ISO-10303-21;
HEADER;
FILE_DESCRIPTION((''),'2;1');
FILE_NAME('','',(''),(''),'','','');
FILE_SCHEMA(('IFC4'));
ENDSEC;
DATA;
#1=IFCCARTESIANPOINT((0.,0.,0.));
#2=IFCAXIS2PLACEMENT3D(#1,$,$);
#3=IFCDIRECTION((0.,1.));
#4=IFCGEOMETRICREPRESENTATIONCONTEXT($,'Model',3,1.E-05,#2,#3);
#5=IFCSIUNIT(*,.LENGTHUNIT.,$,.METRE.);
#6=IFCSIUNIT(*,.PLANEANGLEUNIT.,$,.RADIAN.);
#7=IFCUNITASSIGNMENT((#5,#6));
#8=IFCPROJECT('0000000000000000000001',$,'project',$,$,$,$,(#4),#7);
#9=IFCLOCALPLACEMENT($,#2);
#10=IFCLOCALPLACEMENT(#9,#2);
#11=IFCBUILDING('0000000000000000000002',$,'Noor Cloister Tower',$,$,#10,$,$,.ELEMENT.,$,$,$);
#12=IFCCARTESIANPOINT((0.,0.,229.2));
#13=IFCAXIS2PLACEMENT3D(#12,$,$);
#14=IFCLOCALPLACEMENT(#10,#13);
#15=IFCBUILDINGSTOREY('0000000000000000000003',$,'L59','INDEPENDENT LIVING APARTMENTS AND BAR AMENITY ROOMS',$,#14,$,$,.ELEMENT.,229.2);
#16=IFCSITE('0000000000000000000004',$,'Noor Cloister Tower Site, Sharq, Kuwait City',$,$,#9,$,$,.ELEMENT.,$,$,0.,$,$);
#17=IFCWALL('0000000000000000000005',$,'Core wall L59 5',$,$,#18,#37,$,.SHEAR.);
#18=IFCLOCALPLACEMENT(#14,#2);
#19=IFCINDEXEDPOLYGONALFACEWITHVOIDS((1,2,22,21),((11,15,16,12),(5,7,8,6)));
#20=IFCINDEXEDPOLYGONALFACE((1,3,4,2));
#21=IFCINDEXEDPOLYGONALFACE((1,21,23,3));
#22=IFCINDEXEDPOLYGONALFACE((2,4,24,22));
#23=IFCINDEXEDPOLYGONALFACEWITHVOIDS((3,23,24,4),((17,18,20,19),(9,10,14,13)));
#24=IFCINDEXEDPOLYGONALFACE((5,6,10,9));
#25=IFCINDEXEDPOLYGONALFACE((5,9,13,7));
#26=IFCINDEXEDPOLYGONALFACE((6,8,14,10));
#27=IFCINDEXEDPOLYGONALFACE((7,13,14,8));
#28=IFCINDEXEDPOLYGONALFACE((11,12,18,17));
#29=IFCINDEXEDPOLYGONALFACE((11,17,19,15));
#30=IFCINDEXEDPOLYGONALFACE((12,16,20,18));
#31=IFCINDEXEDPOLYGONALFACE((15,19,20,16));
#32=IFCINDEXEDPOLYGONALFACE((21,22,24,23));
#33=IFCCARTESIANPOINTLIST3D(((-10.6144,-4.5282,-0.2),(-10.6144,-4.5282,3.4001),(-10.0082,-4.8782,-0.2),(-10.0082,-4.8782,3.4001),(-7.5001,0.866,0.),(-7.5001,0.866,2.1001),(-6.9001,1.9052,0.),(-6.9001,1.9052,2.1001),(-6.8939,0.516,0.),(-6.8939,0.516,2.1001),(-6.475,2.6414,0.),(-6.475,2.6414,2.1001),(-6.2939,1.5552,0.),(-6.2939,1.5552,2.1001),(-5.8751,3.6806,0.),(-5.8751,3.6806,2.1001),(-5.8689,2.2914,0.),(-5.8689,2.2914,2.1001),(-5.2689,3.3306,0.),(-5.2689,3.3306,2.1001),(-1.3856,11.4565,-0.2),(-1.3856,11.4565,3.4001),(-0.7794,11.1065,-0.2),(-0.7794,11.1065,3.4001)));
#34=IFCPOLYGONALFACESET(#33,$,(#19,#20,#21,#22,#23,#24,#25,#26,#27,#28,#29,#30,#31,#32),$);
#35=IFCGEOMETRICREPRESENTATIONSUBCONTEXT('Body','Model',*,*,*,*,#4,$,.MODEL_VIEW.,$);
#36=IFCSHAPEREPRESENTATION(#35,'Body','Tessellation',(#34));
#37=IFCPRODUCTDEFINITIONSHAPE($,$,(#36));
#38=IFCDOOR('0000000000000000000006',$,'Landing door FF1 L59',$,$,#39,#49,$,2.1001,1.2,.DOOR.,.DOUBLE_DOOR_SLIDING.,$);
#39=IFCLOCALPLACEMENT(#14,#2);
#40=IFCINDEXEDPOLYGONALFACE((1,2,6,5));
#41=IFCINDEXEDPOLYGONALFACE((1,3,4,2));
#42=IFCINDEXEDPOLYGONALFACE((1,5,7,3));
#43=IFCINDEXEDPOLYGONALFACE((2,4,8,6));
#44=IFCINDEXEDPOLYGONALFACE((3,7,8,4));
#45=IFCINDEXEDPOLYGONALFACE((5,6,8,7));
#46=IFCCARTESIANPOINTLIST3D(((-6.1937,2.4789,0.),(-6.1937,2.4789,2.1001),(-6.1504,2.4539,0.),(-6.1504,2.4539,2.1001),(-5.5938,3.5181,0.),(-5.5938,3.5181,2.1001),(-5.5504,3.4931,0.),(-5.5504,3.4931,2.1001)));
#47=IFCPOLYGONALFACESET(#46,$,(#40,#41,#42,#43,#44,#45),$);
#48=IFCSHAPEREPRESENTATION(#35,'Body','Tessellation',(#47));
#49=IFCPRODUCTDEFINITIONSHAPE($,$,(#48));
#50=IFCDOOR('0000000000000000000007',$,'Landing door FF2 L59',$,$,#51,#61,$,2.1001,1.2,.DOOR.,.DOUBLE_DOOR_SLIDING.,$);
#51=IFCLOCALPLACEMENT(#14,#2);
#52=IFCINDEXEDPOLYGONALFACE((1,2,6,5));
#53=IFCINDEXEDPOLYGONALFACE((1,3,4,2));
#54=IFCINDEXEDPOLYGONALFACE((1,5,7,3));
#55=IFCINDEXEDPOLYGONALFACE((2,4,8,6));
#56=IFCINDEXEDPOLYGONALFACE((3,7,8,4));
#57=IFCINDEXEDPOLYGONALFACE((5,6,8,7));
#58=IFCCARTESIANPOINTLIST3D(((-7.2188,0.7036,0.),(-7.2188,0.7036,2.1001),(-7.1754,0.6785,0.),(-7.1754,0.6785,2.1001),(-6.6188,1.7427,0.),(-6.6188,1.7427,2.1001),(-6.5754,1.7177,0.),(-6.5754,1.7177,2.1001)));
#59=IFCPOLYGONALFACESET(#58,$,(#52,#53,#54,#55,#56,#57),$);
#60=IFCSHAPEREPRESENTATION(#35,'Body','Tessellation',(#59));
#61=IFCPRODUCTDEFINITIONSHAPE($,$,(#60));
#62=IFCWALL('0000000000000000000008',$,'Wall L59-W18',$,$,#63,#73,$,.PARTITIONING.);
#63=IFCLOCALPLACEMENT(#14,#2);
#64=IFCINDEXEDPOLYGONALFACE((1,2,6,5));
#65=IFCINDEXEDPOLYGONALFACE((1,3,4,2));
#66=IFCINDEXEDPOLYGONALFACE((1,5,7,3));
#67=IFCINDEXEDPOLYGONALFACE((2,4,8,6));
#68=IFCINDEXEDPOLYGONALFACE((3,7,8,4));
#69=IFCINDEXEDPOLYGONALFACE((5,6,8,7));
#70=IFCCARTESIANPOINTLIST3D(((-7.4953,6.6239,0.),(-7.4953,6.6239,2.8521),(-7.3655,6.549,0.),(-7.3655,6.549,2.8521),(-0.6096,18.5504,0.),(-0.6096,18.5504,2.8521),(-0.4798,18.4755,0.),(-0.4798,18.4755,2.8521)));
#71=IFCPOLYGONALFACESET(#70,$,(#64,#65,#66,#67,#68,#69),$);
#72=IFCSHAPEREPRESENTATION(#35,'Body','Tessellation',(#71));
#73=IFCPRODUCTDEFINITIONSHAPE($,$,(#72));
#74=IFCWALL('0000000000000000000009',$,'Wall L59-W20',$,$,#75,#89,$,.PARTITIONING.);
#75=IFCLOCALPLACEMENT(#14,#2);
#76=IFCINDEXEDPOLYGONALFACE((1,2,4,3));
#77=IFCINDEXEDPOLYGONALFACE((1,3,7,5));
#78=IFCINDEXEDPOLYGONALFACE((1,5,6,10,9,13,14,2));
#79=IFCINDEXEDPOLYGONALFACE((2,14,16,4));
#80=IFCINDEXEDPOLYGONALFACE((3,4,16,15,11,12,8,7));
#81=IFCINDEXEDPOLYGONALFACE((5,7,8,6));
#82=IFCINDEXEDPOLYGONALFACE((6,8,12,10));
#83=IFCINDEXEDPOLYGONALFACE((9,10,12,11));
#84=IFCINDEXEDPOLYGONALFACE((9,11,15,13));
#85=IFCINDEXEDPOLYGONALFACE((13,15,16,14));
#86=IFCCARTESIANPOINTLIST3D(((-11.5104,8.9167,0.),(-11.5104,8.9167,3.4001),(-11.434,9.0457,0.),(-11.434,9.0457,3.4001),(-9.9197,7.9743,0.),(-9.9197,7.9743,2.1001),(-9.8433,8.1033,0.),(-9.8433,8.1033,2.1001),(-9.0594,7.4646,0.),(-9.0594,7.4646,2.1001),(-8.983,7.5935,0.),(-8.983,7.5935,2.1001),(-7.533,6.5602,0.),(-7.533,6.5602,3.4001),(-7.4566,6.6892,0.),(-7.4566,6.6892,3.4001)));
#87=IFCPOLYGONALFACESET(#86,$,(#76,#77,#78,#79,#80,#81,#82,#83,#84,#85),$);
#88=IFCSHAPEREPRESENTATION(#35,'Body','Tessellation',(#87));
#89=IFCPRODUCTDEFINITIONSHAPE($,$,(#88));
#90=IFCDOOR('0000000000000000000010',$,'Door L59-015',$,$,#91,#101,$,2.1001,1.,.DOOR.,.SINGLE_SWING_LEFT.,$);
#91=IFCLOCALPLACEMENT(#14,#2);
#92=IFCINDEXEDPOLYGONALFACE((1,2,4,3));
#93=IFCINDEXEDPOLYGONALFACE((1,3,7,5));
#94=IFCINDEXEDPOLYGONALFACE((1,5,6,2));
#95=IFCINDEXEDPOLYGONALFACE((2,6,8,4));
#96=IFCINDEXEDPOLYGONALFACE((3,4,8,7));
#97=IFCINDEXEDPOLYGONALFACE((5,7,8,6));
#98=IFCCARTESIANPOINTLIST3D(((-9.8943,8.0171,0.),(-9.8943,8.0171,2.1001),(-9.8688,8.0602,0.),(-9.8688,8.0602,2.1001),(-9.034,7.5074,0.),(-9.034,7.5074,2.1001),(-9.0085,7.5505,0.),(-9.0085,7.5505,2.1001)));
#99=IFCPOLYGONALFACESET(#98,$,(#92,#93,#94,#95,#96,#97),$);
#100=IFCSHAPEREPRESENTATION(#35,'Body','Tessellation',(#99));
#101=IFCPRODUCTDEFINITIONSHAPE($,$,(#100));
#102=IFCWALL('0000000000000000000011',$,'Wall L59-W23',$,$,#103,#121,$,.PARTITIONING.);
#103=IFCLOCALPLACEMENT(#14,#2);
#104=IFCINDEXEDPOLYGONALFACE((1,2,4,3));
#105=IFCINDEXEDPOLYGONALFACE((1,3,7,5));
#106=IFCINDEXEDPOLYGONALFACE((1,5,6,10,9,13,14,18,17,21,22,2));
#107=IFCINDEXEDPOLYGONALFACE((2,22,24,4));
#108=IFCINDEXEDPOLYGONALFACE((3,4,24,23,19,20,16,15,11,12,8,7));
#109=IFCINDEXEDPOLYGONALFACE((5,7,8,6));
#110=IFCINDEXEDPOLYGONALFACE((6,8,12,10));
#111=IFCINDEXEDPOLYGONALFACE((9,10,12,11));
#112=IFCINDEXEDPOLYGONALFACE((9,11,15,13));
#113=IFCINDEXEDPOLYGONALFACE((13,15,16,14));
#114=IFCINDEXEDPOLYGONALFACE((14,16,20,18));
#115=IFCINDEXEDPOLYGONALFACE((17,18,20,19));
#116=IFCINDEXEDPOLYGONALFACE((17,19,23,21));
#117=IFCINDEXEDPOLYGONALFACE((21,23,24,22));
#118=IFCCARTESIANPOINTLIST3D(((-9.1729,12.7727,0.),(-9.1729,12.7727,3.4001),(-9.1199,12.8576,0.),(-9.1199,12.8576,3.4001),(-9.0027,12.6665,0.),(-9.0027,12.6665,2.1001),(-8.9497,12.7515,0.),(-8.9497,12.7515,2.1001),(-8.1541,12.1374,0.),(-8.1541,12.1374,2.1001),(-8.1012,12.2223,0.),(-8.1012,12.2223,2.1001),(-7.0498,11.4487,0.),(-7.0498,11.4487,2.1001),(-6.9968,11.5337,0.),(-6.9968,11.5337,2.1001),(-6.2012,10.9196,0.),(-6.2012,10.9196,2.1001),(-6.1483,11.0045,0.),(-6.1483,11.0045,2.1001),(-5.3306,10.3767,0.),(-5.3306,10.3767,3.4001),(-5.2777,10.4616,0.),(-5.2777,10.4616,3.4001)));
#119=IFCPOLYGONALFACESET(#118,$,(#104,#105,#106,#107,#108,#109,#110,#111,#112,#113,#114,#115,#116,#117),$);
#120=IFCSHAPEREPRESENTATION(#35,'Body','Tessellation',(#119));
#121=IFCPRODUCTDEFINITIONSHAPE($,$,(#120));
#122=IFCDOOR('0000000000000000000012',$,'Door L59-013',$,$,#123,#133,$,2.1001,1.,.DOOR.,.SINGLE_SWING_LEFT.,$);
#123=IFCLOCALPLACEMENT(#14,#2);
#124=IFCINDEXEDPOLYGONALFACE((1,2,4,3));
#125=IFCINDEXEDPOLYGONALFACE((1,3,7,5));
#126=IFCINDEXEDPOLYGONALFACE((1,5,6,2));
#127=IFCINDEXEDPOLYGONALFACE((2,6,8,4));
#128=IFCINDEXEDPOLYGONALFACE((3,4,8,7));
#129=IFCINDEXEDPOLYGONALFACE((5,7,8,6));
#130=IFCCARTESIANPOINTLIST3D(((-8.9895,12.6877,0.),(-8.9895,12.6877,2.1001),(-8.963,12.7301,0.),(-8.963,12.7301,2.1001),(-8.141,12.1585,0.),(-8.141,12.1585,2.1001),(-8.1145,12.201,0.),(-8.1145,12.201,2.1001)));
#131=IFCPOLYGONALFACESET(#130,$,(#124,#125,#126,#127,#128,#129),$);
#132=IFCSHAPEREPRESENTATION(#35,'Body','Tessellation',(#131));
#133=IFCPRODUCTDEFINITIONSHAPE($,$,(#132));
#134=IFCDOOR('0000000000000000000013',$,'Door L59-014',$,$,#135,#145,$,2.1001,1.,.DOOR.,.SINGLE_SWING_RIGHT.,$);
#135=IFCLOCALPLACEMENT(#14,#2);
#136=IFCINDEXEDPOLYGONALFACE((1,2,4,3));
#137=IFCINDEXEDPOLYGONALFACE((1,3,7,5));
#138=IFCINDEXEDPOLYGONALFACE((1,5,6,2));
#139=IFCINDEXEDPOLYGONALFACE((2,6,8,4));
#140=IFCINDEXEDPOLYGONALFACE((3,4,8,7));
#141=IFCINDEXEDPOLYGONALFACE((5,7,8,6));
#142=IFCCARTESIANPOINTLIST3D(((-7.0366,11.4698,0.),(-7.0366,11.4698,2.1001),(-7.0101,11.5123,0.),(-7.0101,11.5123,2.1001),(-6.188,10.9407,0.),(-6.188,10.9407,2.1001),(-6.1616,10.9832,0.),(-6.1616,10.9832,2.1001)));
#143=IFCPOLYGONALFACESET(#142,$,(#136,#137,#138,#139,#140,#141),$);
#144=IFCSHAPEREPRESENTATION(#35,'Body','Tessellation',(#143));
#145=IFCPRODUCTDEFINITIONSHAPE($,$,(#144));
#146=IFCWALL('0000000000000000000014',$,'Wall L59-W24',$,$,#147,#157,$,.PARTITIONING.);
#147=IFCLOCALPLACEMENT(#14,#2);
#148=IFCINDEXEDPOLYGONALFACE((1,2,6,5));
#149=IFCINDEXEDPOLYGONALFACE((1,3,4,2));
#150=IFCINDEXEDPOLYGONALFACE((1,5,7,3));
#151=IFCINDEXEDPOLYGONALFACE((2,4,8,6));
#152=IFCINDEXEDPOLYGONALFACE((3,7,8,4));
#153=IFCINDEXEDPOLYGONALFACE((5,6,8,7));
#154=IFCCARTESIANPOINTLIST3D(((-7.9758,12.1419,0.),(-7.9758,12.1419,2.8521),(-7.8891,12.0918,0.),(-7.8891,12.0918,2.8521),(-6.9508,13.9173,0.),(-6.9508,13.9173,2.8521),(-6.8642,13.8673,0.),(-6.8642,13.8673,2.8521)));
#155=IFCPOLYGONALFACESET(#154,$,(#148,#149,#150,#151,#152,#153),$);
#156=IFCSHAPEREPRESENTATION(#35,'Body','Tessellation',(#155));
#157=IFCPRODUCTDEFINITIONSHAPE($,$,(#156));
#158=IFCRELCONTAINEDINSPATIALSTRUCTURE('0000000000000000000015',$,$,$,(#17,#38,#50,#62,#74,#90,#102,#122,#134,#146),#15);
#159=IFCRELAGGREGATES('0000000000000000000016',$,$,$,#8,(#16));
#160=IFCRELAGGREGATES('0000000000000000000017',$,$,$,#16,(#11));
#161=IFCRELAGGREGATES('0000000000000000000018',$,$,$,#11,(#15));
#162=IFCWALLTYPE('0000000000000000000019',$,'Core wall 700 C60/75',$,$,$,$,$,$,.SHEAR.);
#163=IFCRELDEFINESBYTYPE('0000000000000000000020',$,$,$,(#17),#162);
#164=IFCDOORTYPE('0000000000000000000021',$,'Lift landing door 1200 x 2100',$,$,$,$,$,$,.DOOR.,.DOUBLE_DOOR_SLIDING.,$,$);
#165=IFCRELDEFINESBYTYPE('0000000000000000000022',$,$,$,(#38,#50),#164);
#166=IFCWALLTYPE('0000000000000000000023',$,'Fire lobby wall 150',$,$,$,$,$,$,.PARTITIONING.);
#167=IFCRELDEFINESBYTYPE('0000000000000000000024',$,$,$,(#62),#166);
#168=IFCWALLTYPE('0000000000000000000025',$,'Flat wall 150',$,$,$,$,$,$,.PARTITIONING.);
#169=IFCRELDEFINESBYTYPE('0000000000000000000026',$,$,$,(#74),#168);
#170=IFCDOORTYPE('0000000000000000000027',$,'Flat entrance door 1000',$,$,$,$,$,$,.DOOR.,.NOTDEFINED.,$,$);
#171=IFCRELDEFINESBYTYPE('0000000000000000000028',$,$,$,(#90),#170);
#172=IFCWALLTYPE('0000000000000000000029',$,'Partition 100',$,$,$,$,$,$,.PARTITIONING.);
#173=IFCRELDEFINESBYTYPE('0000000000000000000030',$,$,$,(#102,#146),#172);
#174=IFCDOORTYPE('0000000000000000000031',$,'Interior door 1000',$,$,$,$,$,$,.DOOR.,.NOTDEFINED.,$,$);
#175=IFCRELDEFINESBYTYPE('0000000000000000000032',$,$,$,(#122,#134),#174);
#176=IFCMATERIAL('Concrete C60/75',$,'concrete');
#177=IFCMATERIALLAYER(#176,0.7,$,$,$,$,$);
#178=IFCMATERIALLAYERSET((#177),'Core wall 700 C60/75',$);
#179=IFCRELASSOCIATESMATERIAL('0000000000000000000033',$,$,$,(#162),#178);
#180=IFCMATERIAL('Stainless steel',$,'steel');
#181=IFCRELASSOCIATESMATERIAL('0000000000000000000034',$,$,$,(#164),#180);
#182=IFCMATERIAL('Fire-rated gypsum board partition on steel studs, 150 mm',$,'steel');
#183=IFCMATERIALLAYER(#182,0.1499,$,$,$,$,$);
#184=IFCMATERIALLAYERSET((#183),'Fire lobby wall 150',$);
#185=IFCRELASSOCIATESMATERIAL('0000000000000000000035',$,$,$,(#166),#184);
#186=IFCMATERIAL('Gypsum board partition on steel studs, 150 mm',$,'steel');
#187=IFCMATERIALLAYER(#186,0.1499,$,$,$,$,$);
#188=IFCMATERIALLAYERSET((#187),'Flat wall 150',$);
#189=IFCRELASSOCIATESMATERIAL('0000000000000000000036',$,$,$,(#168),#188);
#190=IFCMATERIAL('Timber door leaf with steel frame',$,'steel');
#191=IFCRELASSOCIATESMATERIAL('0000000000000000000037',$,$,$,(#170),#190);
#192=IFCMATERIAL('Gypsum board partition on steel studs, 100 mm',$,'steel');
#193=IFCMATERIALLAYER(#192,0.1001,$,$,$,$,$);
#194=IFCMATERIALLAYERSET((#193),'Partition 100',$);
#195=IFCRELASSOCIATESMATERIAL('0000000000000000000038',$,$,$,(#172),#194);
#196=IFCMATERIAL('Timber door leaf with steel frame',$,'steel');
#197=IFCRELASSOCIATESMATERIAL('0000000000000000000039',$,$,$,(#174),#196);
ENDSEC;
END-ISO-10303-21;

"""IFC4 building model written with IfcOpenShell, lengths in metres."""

from ifc_helpers import new_model, si_unit, direction, frame, frame_2d, origin, place, context, subcontext, project, spatial, rectangle, extrude, material, layer, layer_set, type_object, element, fill, save


model = new_model("IFC4")

# Units and contexts
model_context = context("Model", 3, precision=1e-05, world=origin(), true_north=direction((0.0, 1.0)))
body_context = subcontext(model_context, "Body", "Model", "MODEL_VIEW")
ifc_project = project(units=[si_unit("LENGTHUNIT", "METRE"), si_unit("PLANEANGLEUNIT", "RADIAN")], contexts=[model_context])

# Site, building, storey
site_placement = place(None, origin())
site = spatial("IfcSite", under=ifc_project, at=site_placement, Name="Noor Cloister Tower Site, Sharq, Kuwait City", CompositionType="ELEMENT", RefElevation=0.0)
building_placement = place(site_placement, origin())
building = spatial("IfcBuilding", under=site, at=building_placement, Name="Noor Cloister Tower", CompositionType="ELEMENT")
storey_placement = place(building_placement, frame((0.0, 0.0, 229.2)))
storey = spatial("IfcBuildingStorey", under=building, at=storey_placement, Name="L59", Description="INDEPENDENT LIVING APARTMENTS AND BAR AMENITY ROOMS", CompositionType="ELEMENT", Elevation=229.2)

# Wall, openings, doors
ifc_material_1 = material(Name="Concrete C60/75", Category="concrete")
ifc_layer_1 = layer(ifc_material_1, 0.7)
ifc_layer_set_1 = layer_set([ifc_layer_1], Name="Core wall 700 C60/75")
wall_type_1 = type_object("IfcWallType", Name="Core wall 700 C60/75", PredefinedType="SHEAR", material=ifc_layer_set_1)
wall_1_placement = place(storey_placement, frame((-1.0825, 11.2815, -0.2), z_axis=(0.0, 0.0, 1.0), x_axis=(-0.500001, -0.866025, 0.0)))
wall_1 = element("IfcWall", 1, at=wall_1_placement, inside=storey, type_object=wall_type_1, Name="Core wall L59 5", PredefinedType="SHEAR", context=body_context, shape_type="SweptSolid", body=[
    extrude(rectangle(XDim=18.4575, YDim=0.7, at=frame_2d((9.2288, 0.0))), origin(), (0.0, 0.0, 1.0), 3.6001),
])
opening_1_placement = place(wall_1_placement, frame((8.9788, 0.0, 0.2)))
opening_1 = element("IfcOpeningElement", 2, at=opening_1_placement, cuts=wall_1, PredefinedType="OPENING", context=body_context, shape_type="SweptSolid", body=[
    extrude(rectangle(XDim=1.2, YDim=2.1001, at=frame_2d((0.6001, 1.05))), frame((0.0, 0.3599, 0.0), z_axis=(0.0, -1.0, 0.0), x_axis=(1.0, 0.0, 0.0)), (0.0, 0.0, 1.0), 0.72),
])
opening_2_placement = place(wall_1_placement, frame((11.0288, 0.0, 0.2)))
opening_2 = element("IfcOpeningElement", 3, at=opening_2_placement, cuts=wall_1, PredefinedType="OPENING", context=body_context, shape_type="SweptSolid", body=[
    extrude(rectangle(XDim=1.2, YDim=2.1001, at=frame_2d((0.6001, 1.05))), frame((0.0, 0.3599, 0.0), z_axis=(0.0, -1.0, 0.0), x_axis=(1.0, 0.0, 0.0)), (0.0, 0.0, 1.0), 0.72),
])
ifc_material_2 = material(Name="Stainless steel", Category="steel")
door_type_1 = type_object("IfcDoorType", Name="Lift landing door 1200 x 2100", OperationType="DOUBLE_DOOR_SLIDING", PredefinedType="DOOR", material=ifc_material_2)
door_1_placement = place(opening_1_placement, origin())
door_1 = element("IfcDoor", 4, at=door_1_placement, inside=storey, type_object=door_type_1, Name="Landing door FF1 L59", OperationType="DOUBLE_DOOR_SLIDING", OverallHeight=2.1001, OverallWidth=1.2, PredefinedType="DOOR", context=body_context, shape_type="SweptSolid", body=[
    extrude(rectangle(XDim=1.2, YDim=2.1001, at=frame_2d((0.6001, 1.05))), frame((0.0, 0.0249, 0.0), z_axis=(0.0, -1.0, 0.0), x_axis=(1.0, 0.0, 0.0)), (0.0, 0.0, 1.0), 0.05),
])
fill(opening_1, door_1)
door_2_placement = place(opening_2_placement, origin())
door_2 = element("IfcDoor", 5, at=door_2_placement, inside=storey, type_object=door_type_1, Name="Landing door FF2 L59", OperationType="DOUBLE_DOOR_SLIDING", OverallHeight=2.1001, OverallWidth=1.2, PredefinedType="DOOR", context=body_context, shape_type="SweptSolid", body=[
    extrude(rectangle(XDim=1.2, YDim=2.1001, at=frame_2d((0.6001, 1.05))), frame((0.0, 0.0249, 0.0), z_axis=(0.0, -1.0, 0.0), x_axis=(1.0, 0.0, 0.0)), (0.0, 0.0, 1.0), 0.05),
])
fill(opening_2, door_2)

# Wall
ifc_material_3 = material(Name="Fire-rated gypsum board partition on steel studs, 150 mm", Category="steel")
ifc_layer_2 = layer(ifc_material_3, 0.1499)
ifc_layer_set_2 = layer_set([ifc_layer_2], Name="Fire lobby wall 150")
wall_type_2 = type_object("IfcWallType", Name="Fire lobby wall 150", PredefinedType="PARTITIONING", material=ifc_layer_set_2)
wall_2_placement = place(storey_placement, frame((-0.5447, 18.5129, 0.0), z_axis=(0.0, 0.0, 1.0), x_axis=(-0.499998, -0.866026, 0.0)))
element("IfcWall", 6, at=wall_2_placement, inside=storey, type_object=wall_type_2, Name="Wall L59-W18", PredefinedType="PARTITIONING", context=body_context, shape_type="SweptSolid", body=[
    extrude(rectangle(XDim=13.7715, YDim=0.1499, at=frame_2d((6.8857, 0.0))), origin(), (0.0, 0.0, 1.0), 2.8521),
])

# Wall, opening, door
ifc_material_4 = material(Name="Gypsum board partition on steel studs, 150 mm", Category="steel")
ifc_layer_3 = layer(ifc_material_4, 0.1499)
ifc_layer_set_3 = layer_set([ifc_layer_3], Name="Flat wall 150")
wall_type_3 = type_object("IfcWallType", Name="Flat wall 150", PredefinedType="PARTITIONING", material=ifc_layer_set_3)
wall_3_placement = place(storey_placement, frame((-11.4722, 8.9812, 0.0), z_axis=(0.0, 0.0, 1.0), x_axis=(0.860336, -0.509727, 0.0)))
wall_3 = element("IfcWall", 7, at=wall_3_placement, inside=storey, type_object=wall_type_3, Name="Wall L59-W20", PredefinedType="PARTITIONING", context=body_context, shape_type="SweptSolid", body=[
    extrude(rectangle(XDim=4.623, YDim=0.1499, at=frame_2d((2.3115, 0.0))), origin(), (0.0, 0.0, 1.0), 3.4001),
])
opening_3_placement = place(wall_3_placement, frame((1.8489, 0.0, 0.0)))
opening_3 = element("IfcOpeningElement", 8, at=opening_3_placement, cuts=wall_3, PredefinedType="OPENING", context=body_context, shape_type="SweptSolid", body=[
    extrude(rectangle(XDim=1.0, YDim=2.1001, at=frame_2d((0.5, 1.05))), frame((0.0, 0.085, 0.0), z_axis=(0.0, -1.0, 0.0), x_axis=(1.0, 0.0, 0.0)), (0.0, 0.0, 1.0), 0.1699),
])
ifc_material_5 = material(Name="Timber door leaf with steel frame", Category="steel")
door_type_2 = type_object("IfcDoorType", Name="Flat entrance door 1000", OperationType="NOTDEFINED", PredefinedType="DOOR", material=ifc_material_5)
door_3_placement = place(opening_3_placement, origin())
door_3 = element("IfcDoor", 9, at=door_3_placement, inside=storey, type_object=door_type_2, Name="Door L59-015", OperationType="SINGLE_SWING_LEFT", OverallHeight=2.1001, OverallWidth=1.0, PredefinedType="DOOR", context=body_context, shape_type="SweptSolid", body=[
    extrude(rectangle(XDim=1.0, YDim=2.1001, at=frame_2d((0.5, 1.05))), frame((0.0, 0.0249, 0.0), z_axis=(0.0, -1.0, 0.0), x_axis=(1.0, 0.0, 0.0)), (0.0, 0.0, 1.0), 0.05),
])
fill(opening_3, door_3)

# Wall, openings, doors
ifc_material_6 = material(Name="Gypsum board partition on steel studs, 100 mm", Category="steel")
ifc_layer_4 = layer(ifc_material_6, 0.1001)
ifc_layer_set_4 = layer_set([ifc_layer_4], Name="Partition 100")
wall_type_4 = type_object("IfcWallType", Name="Partition 100", PredefinedType="PARTITIONING", material=ifc_layer_set_4)
wall_4_placement = place(storey_placement, frame((-9.1465, 12.8152, 0.0), z_axis=(0.0, 0.0, 1.0), x_axis=(0.848537, -0.529136, 0.0)))
wall_4 = element("IfcWall", 10, at=wall_4_placement, inside=storey, type_object=wall_type_4, Name="Wall L59-W23", PredefinedType="PARTITIONING", context=body_context, shape_type="SweptSolid", body=[
    extrude(rectangle(XDim=4.5281, YDim=0.1001, at=frame_2d((2.2642, 0.0))), origin(), (0.0, 0.0, 1.0), 3.4001),
])
opening_4_placement = place(wall_4_placement, frame((0.2007, 0.0, 0.0)))
opening_4 = element("IfcOpeningElement", 11, at=opening_4_placement, cuts=wall_4, PredefinedType="OPENING", context=body_context, shape_type="SweptSolid", body=[
    extrude(rectangle(XDim=1.0, YDim=2.1001, at=frame_2d((0.5, 1.05))), frame((0.0, 0.0601, 0.0), z_axis=(0.0, -1.0, 0.0), x_axis=(1.0, 0.0, 0.0)), (0.0, 0.0, 1.0), 0.1201),
])
opening_5_placement = place(wall_4_placement, frame((2.5022, 0.0, 0.0)))
opening_5 = element("IfcOpeningElement", 12, at=opening_5_placement, cuts=wall_4, PredefinedType="OPENING", context=body_context, shape_type="SweptSolid", body=[
    extrude(rectangle(XDim=1.0, YDim=2.1001, at=frame_2d((0.5, 1.05))), frame((0.0, 0.0601, 0.0), z_axis=(0.0, -1.0, 0.0), x_axis=(1.0, 0.0, 0.0)), (0.0, 0.0, 1.0), 0.1201),
])
ifc_material_7 = material(Name="Timber door leaf with steel frame", Category="steel")
door_type_3 = type_object("IfcDoorType", Name="Interior door 1000", OperationType="NOTDEFINED", PredefinedType="DOOR", material=ifc_material_7)
door_4_placement = place(opening_4_placement, origin())
door_4 = element("IfcDoor", 13, at=door_4_placement, inside=storey, type_object=door_type_3, Name="Door L59-013", OperationType="SINGLE_SWING_LEFT", OverallHeight=2.1001, OverallWidth=1.0, PredefinedType="DOOR", context=body_context, shape_type="SweptSolid", body=[
    extrude(rectangle(XDim=1.0, YDim=2.1001, at=frame_2d((0.5, 1.05))), frame((0.0, 0.0249, 0.0), z_axis=(0.0, -1.0, 0.0), x_axis=(1.0, 0.0, 0.0)), (0.0, 0.0, 1.0), 0.05),
])
fill(opening_4, door_4)
door_5_placement = place(opening_5_placement, origin())
door_5 = element("IfcDoor", 14, at=door_5_placement, inside=storey, type_object=door_type_3, Name="Door L59-014", OperationType="SINGLE_SWING_RIGHT", OverallHeight=2.1001, OverallWidth=1.0, PredefinedType="DOOR", context=body_context, shape_type="SweptSolid", body=[
    extrude(rectangle(XDim=1.0, YDim=2.1001, at=frame_2d((0.5, 1.05))), frame((0.0, 0.0249, 0.0), z_axis=(0.0, -1.0, 0.0), x_axis=(1.0, 0.0, 0.0)), (0.0, 0.0, 1.0), 0.05),
])
fill(opening_5, door_5)

# Wall
wall_5_placement = place(storey_placement, frame((-7.9324, 12.1169, 0.0), z_axis=(0.0, 0.0, 1.0), x_axis=(0.499956, 0.866051, 0.0)))
element("IfcWall", 15, at=wall_5_placement, inside=storey, type_object=wall_type_4, Name="Wall L59-W24", PredefinedType="PARTITIONING", context=body_context, shape_type="SweptSolid", body=[
    extrude(rectangle(XDim=2.05, YDim=0.1001, at=frame_2d((1.0249, 0.0))), origin(), (0.0, 0.0, 1.0), 2.8521),
])

save(model, "model.ifc")
